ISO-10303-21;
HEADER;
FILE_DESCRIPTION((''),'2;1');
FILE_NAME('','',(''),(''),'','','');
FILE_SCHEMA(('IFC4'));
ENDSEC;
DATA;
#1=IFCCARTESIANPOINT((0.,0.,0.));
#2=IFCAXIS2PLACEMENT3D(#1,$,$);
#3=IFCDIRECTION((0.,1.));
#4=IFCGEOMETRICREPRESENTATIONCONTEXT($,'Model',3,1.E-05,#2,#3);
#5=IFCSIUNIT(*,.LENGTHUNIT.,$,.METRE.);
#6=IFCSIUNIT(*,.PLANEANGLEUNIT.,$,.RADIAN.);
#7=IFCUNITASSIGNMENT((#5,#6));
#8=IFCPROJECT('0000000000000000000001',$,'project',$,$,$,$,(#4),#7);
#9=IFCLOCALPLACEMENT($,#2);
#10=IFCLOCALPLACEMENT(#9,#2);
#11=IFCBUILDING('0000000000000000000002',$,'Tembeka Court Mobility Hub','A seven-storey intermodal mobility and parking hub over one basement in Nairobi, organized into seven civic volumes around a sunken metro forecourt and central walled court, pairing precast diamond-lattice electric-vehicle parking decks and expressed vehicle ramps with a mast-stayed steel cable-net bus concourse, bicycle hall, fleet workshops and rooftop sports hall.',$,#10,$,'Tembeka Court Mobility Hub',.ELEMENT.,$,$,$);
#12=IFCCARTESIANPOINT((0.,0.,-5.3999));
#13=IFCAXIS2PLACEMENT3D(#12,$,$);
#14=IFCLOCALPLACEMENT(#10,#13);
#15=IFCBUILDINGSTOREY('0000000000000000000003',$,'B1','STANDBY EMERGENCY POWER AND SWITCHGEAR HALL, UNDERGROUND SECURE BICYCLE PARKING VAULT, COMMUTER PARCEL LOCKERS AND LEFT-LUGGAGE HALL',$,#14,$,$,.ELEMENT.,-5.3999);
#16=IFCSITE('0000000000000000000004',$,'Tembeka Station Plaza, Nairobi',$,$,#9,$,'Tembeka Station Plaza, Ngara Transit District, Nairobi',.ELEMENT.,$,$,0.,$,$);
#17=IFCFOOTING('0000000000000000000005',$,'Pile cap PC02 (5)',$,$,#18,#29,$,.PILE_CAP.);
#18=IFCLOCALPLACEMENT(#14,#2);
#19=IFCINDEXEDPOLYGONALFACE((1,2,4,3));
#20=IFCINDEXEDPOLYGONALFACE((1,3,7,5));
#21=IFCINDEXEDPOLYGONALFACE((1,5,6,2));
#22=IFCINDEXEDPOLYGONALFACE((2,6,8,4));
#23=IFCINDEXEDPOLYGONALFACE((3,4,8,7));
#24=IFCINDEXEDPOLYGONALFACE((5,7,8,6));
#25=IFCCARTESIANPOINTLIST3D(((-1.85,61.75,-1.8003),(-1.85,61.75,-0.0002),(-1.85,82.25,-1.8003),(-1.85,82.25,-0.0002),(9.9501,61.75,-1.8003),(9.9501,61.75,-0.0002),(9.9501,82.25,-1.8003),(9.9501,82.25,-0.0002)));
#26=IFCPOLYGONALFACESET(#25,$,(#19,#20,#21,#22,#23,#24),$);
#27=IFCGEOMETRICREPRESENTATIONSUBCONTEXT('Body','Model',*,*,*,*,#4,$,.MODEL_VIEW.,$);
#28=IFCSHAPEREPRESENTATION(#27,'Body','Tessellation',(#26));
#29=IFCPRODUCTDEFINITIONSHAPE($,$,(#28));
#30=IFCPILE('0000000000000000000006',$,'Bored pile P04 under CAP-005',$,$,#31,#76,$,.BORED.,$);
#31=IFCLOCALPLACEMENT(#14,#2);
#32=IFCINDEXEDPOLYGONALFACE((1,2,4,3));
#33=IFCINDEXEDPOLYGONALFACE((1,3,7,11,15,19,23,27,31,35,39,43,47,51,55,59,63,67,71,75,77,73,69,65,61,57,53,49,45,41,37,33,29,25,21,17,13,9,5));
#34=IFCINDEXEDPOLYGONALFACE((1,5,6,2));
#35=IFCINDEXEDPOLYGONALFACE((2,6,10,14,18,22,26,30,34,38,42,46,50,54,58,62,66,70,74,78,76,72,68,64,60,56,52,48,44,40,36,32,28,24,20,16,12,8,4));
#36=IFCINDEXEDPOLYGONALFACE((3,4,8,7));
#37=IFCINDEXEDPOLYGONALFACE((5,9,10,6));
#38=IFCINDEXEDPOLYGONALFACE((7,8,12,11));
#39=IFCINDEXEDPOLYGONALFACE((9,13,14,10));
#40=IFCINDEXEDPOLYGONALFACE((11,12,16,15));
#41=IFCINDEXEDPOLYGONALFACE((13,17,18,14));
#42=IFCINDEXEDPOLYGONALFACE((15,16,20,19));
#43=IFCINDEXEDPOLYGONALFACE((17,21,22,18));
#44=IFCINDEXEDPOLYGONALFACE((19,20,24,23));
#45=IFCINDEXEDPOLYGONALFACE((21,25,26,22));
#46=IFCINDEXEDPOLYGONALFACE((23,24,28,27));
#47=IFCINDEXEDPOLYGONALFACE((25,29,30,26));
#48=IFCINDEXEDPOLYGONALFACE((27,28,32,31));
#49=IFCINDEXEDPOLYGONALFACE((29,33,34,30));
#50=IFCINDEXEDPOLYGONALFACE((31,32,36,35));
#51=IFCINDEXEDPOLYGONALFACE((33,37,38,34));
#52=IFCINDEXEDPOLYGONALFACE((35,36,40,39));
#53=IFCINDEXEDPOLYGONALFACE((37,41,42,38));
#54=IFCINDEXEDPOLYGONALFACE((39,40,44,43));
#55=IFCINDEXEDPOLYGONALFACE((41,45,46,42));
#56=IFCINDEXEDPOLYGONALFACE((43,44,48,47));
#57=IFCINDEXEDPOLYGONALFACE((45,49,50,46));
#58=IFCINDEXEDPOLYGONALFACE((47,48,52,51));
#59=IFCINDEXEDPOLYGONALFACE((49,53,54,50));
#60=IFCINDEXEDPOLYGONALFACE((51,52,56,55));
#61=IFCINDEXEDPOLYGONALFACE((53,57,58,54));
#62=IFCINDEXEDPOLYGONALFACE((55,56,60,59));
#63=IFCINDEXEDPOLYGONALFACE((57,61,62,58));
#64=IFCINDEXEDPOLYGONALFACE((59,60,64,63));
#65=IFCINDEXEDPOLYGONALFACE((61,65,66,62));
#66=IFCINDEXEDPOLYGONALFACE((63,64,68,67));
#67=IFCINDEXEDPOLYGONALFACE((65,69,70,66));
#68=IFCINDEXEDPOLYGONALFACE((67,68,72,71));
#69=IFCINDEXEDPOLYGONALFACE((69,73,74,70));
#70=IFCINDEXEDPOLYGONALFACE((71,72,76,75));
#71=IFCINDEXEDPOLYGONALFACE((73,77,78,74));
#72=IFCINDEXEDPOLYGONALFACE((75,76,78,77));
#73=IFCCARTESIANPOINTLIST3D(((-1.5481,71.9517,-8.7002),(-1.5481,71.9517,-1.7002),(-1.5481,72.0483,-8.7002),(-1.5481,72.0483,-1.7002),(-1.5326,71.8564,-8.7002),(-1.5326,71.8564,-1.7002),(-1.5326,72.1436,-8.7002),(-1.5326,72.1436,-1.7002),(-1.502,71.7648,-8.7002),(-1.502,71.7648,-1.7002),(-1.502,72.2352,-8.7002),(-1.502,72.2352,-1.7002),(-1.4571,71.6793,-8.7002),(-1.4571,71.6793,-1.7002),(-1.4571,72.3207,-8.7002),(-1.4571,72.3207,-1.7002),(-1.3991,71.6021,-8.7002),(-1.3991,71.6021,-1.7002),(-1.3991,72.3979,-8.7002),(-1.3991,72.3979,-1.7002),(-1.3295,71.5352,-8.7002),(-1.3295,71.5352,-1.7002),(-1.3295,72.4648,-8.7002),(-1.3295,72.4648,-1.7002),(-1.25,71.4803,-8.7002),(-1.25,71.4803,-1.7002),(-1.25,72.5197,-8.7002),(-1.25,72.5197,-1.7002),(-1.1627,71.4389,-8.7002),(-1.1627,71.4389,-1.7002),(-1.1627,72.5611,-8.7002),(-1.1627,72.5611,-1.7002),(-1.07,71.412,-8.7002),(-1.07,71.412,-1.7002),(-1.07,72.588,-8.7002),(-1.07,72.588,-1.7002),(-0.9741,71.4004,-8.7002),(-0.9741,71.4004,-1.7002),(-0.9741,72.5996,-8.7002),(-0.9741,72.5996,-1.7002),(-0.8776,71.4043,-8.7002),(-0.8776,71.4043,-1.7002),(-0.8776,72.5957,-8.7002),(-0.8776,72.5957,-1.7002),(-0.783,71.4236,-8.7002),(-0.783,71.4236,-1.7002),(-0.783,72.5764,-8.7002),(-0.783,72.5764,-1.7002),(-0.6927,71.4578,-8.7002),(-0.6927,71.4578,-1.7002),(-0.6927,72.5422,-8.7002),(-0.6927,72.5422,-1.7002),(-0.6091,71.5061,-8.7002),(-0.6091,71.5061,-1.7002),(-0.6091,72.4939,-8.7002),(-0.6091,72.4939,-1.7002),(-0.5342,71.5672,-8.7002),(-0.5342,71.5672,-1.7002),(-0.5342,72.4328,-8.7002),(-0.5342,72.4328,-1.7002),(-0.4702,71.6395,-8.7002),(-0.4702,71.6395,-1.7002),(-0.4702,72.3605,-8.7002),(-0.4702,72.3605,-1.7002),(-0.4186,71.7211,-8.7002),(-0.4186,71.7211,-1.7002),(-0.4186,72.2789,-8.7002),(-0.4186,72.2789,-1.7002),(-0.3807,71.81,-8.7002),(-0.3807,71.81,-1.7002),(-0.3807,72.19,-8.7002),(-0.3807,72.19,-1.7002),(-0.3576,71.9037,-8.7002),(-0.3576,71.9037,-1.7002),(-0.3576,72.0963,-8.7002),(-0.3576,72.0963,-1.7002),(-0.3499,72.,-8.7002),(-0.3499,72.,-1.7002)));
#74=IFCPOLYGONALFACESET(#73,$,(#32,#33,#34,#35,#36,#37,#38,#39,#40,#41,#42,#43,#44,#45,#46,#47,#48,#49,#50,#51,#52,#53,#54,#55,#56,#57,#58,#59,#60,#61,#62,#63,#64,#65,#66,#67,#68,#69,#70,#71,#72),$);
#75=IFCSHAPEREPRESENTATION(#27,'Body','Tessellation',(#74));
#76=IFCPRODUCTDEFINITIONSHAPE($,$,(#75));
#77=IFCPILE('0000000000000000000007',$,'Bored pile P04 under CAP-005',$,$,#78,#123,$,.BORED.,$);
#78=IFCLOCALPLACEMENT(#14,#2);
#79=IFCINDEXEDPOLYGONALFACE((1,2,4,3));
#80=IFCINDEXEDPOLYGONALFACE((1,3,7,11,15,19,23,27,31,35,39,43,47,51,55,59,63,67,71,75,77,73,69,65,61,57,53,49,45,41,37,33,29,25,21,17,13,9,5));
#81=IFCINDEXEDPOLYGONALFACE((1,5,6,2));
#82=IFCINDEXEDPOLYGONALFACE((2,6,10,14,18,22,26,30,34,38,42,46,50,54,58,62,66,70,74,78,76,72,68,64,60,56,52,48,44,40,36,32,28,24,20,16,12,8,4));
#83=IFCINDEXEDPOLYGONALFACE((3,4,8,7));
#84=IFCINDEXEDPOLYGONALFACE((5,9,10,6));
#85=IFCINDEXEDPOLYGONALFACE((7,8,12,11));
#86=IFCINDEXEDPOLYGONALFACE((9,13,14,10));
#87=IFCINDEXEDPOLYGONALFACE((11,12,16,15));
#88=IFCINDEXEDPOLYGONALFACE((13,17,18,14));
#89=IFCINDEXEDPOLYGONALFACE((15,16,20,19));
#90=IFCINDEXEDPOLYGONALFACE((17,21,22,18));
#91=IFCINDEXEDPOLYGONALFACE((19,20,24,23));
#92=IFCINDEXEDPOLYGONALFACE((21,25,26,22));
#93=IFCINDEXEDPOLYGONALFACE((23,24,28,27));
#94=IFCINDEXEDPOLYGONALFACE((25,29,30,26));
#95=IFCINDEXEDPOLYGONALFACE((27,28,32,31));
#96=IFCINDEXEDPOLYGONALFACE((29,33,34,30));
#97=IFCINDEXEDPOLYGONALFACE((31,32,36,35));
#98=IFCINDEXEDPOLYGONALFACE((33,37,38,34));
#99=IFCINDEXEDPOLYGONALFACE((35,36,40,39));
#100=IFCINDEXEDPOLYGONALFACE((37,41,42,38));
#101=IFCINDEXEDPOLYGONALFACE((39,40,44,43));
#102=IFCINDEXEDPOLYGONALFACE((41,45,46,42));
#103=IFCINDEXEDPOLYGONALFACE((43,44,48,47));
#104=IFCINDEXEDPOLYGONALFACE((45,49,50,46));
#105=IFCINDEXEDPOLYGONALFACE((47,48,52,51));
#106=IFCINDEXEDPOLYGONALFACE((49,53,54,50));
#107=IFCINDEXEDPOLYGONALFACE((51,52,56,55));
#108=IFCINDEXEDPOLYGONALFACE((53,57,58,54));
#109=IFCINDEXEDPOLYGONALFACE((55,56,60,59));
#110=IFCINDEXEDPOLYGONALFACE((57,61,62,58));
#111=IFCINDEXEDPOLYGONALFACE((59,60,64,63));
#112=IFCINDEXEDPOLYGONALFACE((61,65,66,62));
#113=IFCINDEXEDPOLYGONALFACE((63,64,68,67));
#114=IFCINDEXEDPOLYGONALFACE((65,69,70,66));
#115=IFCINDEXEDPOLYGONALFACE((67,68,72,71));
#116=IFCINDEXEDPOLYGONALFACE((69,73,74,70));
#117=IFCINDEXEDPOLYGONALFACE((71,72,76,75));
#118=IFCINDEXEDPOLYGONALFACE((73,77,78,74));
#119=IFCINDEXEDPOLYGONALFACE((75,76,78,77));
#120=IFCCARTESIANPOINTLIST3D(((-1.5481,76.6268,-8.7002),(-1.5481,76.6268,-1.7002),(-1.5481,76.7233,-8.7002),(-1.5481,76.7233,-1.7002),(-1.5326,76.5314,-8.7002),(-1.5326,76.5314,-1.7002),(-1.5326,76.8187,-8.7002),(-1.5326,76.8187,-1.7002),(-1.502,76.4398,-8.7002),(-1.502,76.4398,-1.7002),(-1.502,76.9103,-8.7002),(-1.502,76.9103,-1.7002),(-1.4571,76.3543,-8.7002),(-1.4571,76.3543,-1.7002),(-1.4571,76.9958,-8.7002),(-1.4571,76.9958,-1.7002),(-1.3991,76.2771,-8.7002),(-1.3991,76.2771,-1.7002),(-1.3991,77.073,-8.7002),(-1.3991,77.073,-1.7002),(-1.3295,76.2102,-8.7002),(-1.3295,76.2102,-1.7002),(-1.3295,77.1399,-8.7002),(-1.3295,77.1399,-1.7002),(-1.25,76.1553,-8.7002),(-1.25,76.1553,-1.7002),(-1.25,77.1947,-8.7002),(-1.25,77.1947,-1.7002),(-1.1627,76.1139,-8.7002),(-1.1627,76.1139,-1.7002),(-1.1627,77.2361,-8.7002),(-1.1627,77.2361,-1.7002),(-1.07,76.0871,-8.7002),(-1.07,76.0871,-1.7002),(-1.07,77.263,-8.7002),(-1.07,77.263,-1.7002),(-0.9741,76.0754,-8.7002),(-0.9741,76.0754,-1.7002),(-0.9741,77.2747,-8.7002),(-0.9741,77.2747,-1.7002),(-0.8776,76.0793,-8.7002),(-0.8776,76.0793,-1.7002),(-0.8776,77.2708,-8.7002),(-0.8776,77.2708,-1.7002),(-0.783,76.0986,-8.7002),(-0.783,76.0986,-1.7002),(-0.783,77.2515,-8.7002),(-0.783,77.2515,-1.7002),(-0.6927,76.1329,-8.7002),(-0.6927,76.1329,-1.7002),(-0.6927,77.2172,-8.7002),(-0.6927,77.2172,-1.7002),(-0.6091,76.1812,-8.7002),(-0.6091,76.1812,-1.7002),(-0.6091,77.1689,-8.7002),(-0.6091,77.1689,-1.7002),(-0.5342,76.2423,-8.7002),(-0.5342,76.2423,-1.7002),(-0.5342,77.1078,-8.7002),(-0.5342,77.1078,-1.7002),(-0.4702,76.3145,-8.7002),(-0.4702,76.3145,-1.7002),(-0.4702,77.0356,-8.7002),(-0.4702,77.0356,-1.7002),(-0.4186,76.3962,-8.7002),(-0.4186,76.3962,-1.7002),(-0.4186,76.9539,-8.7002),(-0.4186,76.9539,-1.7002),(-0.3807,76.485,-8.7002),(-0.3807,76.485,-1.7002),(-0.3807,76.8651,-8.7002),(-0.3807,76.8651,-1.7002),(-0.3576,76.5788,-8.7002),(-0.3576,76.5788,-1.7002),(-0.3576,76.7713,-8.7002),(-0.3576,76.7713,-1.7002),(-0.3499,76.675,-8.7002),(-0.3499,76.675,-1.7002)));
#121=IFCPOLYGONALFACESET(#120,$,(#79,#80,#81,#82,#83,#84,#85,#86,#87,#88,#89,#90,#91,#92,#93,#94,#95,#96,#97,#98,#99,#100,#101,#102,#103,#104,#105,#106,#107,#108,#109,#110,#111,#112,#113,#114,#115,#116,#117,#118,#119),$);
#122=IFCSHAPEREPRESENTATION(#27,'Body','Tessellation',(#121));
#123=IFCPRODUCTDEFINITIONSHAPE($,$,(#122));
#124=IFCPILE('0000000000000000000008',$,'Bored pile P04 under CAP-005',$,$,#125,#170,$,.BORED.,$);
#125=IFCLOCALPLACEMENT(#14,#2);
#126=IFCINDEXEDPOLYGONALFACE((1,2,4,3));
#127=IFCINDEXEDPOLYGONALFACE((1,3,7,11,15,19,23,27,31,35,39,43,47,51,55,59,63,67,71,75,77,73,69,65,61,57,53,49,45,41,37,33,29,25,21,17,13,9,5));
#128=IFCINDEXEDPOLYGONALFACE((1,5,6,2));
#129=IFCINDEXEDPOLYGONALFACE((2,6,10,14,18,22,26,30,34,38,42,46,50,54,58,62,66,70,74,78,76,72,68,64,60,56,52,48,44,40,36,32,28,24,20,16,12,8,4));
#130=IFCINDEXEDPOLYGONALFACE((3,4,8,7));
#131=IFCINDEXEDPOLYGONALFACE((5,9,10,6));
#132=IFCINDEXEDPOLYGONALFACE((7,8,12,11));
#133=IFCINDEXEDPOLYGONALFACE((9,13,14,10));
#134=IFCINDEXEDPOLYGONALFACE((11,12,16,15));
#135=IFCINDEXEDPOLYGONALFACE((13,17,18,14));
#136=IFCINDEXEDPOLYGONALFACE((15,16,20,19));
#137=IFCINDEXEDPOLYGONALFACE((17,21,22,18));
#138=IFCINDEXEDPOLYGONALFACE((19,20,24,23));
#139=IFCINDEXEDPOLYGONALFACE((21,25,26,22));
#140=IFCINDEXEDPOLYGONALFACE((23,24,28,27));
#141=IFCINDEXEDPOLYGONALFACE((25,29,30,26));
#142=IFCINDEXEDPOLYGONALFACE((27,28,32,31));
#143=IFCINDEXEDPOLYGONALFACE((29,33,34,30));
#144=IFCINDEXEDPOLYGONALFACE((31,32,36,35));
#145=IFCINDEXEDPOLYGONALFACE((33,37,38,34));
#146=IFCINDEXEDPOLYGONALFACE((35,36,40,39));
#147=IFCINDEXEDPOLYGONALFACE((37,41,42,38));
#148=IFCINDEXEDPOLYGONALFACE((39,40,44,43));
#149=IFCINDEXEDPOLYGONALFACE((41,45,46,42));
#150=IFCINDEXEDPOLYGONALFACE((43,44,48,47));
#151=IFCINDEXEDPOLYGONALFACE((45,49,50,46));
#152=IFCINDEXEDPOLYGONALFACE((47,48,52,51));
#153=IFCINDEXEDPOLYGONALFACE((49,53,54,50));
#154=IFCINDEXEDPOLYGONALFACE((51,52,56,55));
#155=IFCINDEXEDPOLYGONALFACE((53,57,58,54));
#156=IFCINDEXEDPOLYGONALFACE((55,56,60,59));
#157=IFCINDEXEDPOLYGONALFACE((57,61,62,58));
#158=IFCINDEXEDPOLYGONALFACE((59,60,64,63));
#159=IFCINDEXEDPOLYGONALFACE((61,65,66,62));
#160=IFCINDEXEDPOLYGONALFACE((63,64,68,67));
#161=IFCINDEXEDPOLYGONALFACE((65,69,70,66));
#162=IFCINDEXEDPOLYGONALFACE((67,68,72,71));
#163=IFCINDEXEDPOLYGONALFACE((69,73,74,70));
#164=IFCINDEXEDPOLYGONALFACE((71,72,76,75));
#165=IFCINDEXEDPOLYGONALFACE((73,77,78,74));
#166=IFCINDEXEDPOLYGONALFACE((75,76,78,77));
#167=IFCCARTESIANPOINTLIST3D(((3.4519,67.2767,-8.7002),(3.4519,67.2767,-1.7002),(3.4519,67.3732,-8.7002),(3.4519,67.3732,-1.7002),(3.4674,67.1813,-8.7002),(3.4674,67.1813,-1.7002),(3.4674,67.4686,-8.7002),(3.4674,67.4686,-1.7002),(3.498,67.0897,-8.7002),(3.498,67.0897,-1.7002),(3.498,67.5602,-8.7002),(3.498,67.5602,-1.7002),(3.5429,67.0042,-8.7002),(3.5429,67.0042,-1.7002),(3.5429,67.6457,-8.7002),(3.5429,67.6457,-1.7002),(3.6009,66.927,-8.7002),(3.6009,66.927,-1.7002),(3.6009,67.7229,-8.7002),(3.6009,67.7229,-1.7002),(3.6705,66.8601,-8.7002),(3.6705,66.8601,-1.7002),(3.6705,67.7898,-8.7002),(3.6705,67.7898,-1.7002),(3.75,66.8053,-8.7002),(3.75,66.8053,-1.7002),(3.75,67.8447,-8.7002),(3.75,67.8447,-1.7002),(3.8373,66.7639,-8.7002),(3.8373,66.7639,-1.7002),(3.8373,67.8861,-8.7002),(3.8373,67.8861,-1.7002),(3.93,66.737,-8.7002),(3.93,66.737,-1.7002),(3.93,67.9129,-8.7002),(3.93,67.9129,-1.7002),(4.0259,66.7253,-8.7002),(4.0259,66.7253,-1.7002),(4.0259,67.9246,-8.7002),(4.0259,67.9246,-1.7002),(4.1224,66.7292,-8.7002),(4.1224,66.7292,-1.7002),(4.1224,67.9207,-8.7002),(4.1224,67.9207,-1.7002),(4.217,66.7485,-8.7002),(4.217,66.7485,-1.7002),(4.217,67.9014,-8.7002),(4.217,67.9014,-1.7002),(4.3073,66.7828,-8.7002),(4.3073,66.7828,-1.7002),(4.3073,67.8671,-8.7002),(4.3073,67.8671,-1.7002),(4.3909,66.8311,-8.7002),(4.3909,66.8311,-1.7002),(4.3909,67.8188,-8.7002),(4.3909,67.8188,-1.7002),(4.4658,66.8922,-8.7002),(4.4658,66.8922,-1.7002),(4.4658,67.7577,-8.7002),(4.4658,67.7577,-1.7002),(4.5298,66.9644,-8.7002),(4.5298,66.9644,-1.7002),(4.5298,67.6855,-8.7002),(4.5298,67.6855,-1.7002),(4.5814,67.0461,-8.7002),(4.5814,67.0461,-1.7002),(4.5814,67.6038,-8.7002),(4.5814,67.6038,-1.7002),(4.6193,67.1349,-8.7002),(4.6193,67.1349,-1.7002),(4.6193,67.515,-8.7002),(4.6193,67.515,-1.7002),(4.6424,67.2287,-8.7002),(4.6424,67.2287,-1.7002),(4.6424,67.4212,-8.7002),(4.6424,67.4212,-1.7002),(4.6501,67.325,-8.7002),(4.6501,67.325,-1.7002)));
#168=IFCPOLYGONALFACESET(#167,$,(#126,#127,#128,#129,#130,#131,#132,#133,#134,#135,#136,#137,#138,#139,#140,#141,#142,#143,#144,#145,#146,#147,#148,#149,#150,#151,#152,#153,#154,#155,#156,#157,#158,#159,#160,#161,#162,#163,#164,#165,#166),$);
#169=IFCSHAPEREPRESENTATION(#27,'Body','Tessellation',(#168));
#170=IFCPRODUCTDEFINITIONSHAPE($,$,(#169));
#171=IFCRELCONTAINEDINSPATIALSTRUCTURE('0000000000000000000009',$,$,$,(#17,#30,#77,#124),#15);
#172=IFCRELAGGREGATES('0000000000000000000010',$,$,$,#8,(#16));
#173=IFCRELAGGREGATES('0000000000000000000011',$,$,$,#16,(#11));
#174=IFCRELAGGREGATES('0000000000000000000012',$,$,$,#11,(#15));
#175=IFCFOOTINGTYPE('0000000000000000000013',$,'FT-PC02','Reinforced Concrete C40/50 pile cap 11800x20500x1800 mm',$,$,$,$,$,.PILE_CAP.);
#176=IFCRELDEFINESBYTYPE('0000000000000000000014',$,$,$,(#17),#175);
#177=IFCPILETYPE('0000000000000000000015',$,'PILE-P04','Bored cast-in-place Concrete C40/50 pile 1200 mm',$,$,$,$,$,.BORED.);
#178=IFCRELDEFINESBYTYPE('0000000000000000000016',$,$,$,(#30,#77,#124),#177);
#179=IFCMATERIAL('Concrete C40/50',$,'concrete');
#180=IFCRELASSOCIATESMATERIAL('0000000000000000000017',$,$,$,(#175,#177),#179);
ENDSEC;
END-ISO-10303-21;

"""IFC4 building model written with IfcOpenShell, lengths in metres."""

from ifc_helpers import new_model, si_unit, direction, frame, origin, origin_2d, place, context, subcontext, project, spatial, rectangle, circle, extrude, material, material_profile, profile_set, type_object, element, save


model = new_model("IFC4")

# Units and contexts
model_context = context("Model", 3, precision=1e-05, world=origin(), true_north=direction((0.0, 1.0)))
body_context = subcontext(model_context, "Body", "Model", "MODEL_VIEW")
ifc_project = project(units=[si_unit("LENGTHUNIT", "METRE"), si_unit("PLANEANGLEUNIT", "RADIAN")], contexts=[model_context])

# Site, building, storey
site_placement = place(None, origin())
site = spatial("IfcSite", under=ifc_project, at=site_placement, Name="Tembeka Station Plaza, Nairobi", LongName="Tembeka Station Plaza, Ngara Transit District, Nairobi", CompositionType="ELEMENT", RefElevation=0.0)
building_placement = place(site_placement, origin())
building = spatial("IfcBuilding", under=site, at=building_placement, Name="Tembeka Court Mobility Hub", Description="A seven-storey intermodal mobility and parking hub over one basement in Nairobi, organized into seven civic volumes around a sunken metro forecourt and central walled court, pairing precast diamond-lattice electric-vehicle parking decks and expressed vehicle ramps with a mast-stayed steel cable-net bus concourse, bicycle hall, fleet workshops and rooftop sports hall.", LongName="Tembeka Court Mobility Hub", CompositionType="ELEMENT")
storey_placement = place(building_placement, frame((0.0, 0.0, -5.3999)))
storey = spatial("IfcBuildingStorey", under=building, at=storey_placement, Name="B1", Description="STANDBY EMERGENCY POWER AND SWITCHGEAR HALL, UNDERGROUND SECURE BICYCLE PARKING VAULT, COMMUTER PARCEL LOCKERS AND LEFT-LUGGAGE HALL", CompositionType="ELEMENT", Elevation=-5.3999)

# Footing
ifc_material_1 = material(Name="Concrete C40/50", Category="concrete")
footing_type = type_object("IfcFootingType", Name="FT-PC02", Description="Reinforced Concrete C40/50 pile cap 11800x20500x1800 mm", PredefinedType="PILE_CAP", material=ifc_material_1)
footing_placement = place(storey_placement, frame((4.05, 72.0, -1.8003), z_axis=(0.0, 0.0, 1.0), x_axis=(0.0, 1.0, 0.0)))
element("IfcFooting", 1, at=footing_placement, inside=storey, type_object=footing_type, Name="Pile cap PC02 (5)", PredefinedType="PILE_CAP", context=body_context, shape_type="SweptSolid", body=[
    extrude(rectangle(XDim=20.5, YDim=11.8, at=origin_2d()), origin(), (0.0, 0.0, 1.0), 1.8),
])

# Piles
ifc_material_profile_1 = material_profile(ifc_material_1, circle(Radius=0.6001, at=origin_2d()), Name="PILE D1200")
ifc_profile_set_1 = profile_set([ifc_material_profile_1], Name="Concrete C40/50")
pile_type = type_object("IfcPileType", Name="PILE-P04", Description="Bored cast-in-place Concrete C40/50 pile 1200 mm", PredefinedType="BORED", material=ifc_profile_set_1)
for number, where, z_axis, x_axis, name in (
    (2, (-0.95, 72.0, -1.7002), (0.0, 0.0, -1.0), (1.0, 0.0, 0.0), "Bored pile P04 under CAP-005"),
    (3, (-0.95, 76.675, -1.7002), (0.0, 0.0, -1.0), (1.0, 0.0, 0.0), "Bored pile P04 under CAP-005"),
    (4, (4.05, 67.325, -1.7002), (0.0, 0.0, -1.0), (1.0, 0.0, 0.0), "Bored pile P04 under CAP-005"),
):
    element("IfcPile", number, at=place(storey_placement, frame(where, z_axis=z_axis, x_axis=x_axis)), inside=storey, type_object=pile_type, Name=name, PredefinedType="BORED", context=body_context, shape_type="SweptSolid", body=[
        extrude(circle(Radius=0.6001, at=origin_2d()), origin(), (0.0, 0.0, 1.0), 7.0),
    ])

save(model, "model.ifc")
